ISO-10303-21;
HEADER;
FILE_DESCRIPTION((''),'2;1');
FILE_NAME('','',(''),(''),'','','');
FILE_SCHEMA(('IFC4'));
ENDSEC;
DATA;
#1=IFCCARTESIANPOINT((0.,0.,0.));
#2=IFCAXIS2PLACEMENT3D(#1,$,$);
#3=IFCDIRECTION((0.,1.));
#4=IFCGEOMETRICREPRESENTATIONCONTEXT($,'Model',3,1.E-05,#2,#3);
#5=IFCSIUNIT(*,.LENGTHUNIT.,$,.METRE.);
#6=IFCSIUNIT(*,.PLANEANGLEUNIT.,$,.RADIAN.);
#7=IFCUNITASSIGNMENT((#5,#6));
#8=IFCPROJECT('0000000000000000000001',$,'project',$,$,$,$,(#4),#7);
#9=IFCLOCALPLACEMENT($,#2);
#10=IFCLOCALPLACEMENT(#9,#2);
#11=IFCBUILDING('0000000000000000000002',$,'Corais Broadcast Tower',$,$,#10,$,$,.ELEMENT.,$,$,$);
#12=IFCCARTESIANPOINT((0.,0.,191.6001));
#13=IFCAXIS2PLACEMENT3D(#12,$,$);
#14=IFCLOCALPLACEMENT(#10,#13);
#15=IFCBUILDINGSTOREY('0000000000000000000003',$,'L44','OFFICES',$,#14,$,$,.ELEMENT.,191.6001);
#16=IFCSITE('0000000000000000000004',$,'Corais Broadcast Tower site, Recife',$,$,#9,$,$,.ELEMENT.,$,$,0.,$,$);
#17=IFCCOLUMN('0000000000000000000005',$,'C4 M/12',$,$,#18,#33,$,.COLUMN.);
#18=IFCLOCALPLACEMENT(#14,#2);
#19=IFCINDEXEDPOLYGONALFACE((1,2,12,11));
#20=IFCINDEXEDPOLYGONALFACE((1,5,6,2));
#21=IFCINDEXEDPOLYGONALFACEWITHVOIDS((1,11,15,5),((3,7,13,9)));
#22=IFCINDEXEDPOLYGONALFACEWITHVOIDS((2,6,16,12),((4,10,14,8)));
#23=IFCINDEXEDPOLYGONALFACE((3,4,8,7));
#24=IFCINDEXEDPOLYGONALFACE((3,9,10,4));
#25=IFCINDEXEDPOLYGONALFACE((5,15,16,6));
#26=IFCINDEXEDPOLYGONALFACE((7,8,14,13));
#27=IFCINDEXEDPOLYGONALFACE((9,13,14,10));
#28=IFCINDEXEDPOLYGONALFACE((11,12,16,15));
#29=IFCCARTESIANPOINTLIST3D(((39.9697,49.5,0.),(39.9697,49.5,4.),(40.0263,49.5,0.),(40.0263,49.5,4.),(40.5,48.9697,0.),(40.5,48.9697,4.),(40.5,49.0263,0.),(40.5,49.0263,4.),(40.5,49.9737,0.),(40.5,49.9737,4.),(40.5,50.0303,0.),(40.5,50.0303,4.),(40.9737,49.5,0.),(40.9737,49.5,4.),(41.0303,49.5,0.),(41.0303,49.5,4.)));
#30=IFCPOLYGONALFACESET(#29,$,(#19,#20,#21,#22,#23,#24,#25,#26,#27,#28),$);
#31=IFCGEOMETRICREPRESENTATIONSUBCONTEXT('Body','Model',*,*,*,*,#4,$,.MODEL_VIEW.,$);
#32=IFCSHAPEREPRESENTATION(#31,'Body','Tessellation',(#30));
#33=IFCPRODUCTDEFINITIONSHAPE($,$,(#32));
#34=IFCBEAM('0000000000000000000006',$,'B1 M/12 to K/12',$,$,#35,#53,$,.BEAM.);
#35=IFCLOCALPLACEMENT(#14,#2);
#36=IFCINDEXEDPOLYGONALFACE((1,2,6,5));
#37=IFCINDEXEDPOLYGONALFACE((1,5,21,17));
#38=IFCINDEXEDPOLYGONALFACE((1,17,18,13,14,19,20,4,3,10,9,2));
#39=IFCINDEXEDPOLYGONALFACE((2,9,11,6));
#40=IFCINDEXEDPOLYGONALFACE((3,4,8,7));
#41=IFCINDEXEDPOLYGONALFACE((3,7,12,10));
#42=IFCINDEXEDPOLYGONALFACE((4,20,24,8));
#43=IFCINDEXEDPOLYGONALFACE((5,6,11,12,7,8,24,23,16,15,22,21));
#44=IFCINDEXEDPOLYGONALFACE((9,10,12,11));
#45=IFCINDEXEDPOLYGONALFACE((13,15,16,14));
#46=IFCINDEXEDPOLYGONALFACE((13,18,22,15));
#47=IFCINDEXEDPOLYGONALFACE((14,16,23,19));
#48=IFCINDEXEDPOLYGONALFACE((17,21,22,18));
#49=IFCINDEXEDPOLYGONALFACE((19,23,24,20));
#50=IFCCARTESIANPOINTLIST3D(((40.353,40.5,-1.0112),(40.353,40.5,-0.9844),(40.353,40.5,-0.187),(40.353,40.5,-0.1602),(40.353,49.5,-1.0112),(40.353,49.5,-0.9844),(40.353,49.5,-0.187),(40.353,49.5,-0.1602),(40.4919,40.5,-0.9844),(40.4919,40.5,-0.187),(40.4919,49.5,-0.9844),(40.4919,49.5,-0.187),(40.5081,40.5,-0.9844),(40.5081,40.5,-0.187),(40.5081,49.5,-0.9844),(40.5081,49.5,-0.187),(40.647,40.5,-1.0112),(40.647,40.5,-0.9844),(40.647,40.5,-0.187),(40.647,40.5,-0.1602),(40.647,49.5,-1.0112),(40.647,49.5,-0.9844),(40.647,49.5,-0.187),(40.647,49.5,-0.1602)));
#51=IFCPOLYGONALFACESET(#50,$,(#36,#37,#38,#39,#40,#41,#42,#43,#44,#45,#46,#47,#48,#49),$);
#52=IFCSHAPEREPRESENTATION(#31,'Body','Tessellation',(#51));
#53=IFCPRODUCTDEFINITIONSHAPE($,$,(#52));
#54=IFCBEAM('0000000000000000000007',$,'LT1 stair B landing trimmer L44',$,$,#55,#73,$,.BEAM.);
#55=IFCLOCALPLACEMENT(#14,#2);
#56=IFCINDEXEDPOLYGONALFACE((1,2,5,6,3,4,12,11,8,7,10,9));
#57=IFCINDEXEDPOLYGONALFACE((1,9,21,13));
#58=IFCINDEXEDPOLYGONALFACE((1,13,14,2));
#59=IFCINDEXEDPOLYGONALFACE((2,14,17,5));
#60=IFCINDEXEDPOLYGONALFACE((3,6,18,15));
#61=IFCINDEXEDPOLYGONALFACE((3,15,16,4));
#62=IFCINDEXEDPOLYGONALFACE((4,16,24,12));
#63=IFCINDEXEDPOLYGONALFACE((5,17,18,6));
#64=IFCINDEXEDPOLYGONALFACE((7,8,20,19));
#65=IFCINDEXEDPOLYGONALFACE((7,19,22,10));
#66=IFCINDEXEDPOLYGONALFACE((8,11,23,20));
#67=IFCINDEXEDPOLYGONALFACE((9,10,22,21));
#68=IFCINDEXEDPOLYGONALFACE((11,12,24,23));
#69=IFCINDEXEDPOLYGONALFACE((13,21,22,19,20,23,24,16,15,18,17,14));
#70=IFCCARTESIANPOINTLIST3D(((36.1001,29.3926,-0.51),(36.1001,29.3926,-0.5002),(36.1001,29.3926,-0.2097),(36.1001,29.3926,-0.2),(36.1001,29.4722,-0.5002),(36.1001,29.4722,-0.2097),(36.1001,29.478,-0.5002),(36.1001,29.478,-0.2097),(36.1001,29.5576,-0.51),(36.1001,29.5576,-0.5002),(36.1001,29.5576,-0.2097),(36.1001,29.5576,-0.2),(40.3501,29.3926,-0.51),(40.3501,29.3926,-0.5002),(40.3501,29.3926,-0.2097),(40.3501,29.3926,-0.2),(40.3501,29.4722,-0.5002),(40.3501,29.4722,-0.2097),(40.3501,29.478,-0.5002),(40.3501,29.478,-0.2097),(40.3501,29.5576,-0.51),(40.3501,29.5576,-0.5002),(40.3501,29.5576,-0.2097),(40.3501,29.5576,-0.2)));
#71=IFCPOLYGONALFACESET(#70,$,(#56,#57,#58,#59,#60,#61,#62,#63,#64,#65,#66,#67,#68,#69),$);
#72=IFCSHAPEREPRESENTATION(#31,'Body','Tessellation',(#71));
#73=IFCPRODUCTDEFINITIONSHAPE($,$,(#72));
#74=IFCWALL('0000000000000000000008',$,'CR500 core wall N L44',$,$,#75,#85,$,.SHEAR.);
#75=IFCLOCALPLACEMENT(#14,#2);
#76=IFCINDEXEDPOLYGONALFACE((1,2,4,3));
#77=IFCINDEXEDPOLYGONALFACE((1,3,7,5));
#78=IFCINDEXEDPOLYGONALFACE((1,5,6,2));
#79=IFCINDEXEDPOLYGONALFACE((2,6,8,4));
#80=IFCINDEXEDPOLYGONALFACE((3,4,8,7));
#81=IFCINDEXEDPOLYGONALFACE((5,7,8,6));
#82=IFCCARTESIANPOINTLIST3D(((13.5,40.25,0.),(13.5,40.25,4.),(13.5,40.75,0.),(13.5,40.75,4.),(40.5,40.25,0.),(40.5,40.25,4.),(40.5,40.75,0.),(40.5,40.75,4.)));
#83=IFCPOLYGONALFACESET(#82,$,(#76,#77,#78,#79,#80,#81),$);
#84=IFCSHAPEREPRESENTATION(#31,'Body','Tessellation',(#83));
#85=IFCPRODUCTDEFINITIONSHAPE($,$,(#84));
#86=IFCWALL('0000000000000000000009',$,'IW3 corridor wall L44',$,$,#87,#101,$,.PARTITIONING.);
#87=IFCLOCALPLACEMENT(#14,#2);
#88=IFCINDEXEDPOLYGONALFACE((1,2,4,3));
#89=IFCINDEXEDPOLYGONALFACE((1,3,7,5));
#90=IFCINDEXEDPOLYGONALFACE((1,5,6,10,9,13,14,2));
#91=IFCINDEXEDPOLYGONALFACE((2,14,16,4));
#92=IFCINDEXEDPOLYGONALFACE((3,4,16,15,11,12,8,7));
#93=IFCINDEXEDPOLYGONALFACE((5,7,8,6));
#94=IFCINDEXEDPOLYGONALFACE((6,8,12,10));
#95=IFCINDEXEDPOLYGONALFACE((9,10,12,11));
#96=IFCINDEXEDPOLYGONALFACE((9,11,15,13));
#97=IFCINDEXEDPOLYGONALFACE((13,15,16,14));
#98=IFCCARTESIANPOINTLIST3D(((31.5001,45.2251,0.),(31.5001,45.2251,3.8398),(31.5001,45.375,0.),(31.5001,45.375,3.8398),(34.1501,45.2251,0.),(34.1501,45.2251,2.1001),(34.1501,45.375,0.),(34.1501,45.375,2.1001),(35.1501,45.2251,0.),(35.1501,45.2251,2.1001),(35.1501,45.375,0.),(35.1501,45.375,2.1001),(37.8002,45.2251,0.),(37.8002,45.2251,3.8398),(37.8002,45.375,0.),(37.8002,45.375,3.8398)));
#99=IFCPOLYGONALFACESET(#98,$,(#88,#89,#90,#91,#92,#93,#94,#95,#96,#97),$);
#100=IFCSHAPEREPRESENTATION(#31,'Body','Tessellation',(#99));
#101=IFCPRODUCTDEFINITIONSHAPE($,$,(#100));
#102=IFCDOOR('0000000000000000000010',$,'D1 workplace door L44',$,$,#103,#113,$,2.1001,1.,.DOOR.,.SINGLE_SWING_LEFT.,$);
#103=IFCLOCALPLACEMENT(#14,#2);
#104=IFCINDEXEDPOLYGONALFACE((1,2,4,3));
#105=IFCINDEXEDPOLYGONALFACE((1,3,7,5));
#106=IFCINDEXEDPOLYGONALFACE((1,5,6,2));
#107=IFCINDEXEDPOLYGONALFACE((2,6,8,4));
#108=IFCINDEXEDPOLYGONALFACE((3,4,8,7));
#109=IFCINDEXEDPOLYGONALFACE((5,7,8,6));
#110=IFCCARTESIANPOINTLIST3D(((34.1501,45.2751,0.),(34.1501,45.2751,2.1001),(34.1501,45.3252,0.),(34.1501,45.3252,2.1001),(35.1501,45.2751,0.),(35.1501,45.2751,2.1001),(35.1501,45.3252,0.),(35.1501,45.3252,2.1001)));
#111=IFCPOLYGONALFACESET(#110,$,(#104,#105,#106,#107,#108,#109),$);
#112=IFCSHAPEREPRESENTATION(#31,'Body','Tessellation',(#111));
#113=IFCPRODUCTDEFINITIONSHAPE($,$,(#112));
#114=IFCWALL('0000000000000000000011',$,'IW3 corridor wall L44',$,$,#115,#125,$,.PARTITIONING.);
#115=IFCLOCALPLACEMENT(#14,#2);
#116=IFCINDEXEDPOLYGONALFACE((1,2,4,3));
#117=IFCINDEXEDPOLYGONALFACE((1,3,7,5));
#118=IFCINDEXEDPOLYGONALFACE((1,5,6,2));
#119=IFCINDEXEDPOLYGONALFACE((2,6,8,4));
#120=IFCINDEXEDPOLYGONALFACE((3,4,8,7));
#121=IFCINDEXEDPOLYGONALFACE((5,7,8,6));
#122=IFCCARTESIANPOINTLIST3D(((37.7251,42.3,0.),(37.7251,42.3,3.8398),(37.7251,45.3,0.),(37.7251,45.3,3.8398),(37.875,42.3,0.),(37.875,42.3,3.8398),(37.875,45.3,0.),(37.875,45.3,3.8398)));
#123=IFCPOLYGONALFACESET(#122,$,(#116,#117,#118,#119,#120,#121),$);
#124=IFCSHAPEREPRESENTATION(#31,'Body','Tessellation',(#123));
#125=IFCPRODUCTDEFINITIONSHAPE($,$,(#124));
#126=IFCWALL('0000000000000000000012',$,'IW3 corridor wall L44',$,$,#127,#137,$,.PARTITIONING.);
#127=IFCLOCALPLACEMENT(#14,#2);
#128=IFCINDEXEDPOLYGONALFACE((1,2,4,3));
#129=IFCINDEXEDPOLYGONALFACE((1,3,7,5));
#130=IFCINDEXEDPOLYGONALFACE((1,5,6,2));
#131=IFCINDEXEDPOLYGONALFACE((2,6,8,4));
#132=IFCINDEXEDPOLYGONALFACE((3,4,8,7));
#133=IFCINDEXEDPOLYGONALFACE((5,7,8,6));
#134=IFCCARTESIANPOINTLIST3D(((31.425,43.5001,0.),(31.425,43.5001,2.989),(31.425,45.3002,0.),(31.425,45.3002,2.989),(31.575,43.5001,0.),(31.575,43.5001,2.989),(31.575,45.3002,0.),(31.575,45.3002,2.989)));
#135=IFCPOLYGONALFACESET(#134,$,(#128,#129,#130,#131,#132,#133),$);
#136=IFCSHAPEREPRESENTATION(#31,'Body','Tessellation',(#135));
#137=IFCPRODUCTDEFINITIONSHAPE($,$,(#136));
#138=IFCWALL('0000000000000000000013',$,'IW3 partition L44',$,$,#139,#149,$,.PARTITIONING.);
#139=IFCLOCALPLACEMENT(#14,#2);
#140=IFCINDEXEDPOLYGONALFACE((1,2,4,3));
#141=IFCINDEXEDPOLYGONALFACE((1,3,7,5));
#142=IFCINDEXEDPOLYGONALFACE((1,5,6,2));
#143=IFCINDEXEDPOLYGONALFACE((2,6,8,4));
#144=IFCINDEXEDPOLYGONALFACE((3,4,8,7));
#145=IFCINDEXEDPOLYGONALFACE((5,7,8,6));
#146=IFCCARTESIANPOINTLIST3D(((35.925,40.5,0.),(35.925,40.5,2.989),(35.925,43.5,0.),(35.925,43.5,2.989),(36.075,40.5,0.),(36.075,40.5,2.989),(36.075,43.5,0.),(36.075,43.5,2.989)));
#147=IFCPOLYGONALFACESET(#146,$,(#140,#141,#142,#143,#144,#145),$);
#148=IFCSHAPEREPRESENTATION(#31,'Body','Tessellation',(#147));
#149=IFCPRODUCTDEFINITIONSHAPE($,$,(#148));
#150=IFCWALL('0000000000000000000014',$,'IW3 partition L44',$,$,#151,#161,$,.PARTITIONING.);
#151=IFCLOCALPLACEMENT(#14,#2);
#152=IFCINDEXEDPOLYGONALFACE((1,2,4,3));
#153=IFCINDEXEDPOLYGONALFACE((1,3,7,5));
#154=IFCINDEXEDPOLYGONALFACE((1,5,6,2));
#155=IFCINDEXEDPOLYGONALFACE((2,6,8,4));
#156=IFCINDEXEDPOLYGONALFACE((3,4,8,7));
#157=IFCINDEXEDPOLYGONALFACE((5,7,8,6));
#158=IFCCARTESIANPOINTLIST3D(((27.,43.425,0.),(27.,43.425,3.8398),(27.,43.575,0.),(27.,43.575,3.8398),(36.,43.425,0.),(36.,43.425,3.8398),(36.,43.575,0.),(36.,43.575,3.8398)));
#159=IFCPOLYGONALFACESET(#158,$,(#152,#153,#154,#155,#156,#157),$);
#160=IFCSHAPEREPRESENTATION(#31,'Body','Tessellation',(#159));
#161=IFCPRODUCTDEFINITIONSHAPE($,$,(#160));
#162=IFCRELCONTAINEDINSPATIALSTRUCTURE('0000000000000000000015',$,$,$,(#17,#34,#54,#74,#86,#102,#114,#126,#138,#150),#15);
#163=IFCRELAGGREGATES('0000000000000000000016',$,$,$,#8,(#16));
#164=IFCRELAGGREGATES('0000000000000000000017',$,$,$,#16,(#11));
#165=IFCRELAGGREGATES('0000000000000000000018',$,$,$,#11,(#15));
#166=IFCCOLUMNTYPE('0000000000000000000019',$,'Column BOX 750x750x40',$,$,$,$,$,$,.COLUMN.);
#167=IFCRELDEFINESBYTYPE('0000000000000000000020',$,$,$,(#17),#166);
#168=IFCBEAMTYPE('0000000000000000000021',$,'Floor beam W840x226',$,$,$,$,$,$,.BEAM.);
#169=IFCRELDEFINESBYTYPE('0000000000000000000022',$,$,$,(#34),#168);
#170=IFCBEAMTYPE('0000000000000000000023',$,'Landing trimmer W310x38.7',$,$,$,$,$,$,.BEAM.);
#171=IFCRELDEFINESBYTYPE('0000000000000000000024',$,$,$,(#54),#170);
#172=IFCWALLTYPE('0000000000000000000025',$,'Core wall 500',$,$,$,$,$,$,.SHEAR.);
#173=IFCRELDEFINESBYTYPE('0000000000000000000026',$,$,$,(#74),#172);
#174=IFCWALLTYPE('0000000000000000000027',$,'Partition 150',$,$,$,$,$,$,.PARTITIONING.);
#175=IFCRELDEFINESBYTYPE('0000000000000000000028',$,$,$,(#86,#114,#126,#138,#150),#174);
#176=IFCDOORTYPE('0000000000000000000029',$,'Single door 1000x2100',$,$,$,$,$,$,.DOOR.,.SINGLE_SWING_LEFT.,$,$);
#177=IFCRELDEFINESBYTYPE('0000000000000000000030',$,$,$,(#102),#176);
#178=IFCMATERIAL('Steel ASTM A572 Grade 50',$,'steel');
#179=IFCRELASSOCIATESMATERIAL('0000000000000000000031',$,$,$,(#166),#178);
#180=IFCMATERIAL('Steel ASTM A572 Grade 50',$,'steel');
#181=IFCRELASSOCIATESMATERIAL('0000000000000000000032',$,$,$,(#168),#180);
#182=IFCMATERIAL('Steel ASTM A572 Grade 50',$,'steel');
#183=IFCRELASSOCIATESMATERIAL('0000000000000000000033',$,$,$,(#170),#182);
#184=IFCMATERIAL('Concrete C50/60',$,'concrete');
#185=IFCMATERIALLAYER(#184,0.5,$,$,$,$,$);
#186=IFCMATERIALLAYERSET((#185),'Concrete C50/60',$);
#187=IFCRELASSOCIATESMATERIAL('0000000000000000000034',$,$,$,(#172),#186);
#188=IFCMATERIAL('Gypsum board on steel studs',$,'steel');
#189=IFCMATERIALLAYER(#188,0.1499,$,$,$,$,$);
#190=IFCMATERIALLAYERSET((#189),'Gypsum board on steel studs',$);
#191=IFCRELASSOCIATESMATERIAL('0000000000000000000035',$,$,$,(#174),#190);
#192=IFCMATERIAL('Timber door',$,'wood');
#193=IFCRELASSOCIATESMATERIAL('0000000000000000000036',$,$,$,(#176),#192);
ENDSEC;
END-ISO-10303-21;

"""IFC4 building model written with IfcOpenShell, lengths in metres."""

from ifc_helpers import new_model, si_unit, direction, frame, frame_2d, origin, origin_2d, place, context, subcontext, project, spatial, rectangle, hollow_rectangle, i_section, extrude, material, layer, layer_set, material_profile, profile_set, type_object, element, fill, save


model = new_model("IFC4")

# Units and contexts
model_context = context("Model", 3, precision=1e-05, world=origin(), true_north=direction((0.0, 1.0)))
body_context = subcontext(model_context, "Body", "Model", "MODEL_VIEW")
ifc_project = project(units=[si_unit("LENGTHUNIT", "METRE"), si_unit("PLANEANGLEUNIT", "RADIAN")], contexts=[model_context])

# Site, building, storey
site_placement = place(None, origin())
site = spatial("IfcSite", under=ifc_project, at=site_placement, Name="Corais Broadcast Tower site, Recife", CompositionType="ELEMENT", RefElevation=0.0)
building_placement = place(site_placement, origin())
building = spatial("IfcBuilding", under=site, at=building_placement, Name="Corais Broadcast Tower", CompositionType="ELEMENT")
storey_placement = place(building_placement, frame((0.0, 0.0, 191.6001)))
storey = spatial("IfcBuildingStorey", under=building, at=storey_placement, Name="L44", Description="OFFICES", CompositionType="ELEMENT", Elevation=191.6001)

# Column
ifc_material_1 = material(Name="Steel ASTM A572 Grade 50", Category="steel")
ifc_material_profile_1 = material_profile(ifc_material_1, hollow_rectangle(XDim=0.75, YDim=0.75, WallThickness=0.04, at=origin_2d()), Name="BOX 750x750x40")
ifc_profile_set_1 = profile_set([ifc_material_profile_1], Name="Steel ASTM A572 Grade 50")
column_type = type_object("IfcColumnType", Name="Column BOX 750x750x40", PredefinedType="COLUMN", material=ifc_profile_set_1)
column_placement = place(storey_placement, frame((40.5, 49.5, 0.0), z_axis=(0.0, 0.0, 1.0), x_axis=(0.707107, 0.707107, 0.0)))
element("IfcColumn", 1, at=column_placement, inside=storey, type_object=column_type, Name="C4 M/12", PredefinedType="COLUMN", context=body_context, shape_type="SweptSolid", body=[
    extrude(hollow_rectangle(XDim=0.75, YDim=0.75, WallThickness=0.04, at=origin_2d()), origin(), (0.0, 0.0, 1.0), 4.0),
])

# Beams
ifc_material_2 = material(Name="Steel ASTM A572 Grade 50", Category="steel")
ifc_material_profile_2 = material_profile(ifc_material_2, i_section(OverallWidth=0.2939, OverallDepth=0.8511, WebThickness=0.0161, FlangeThickness=0.0269, at=origin_2d()), Name="W840x226")
ifc_profile_set_2 = profile_set([ifc_material_profile_2], Name="Steel ASTM A572 Grade 50")
beam_type_1 = type_object("IfcBeamType", Name="Floor beam W840x226", PredefinedType="BEAM", material=ifc_profile_set_2)
beam_1_placement = place(storey_placement, frame((40.5, 49.5, -0.5857), z_axis=(0.0, -1.0, 0.0), x_axis=(1.0, 0.0, 0.0)))
element("IfcBeam", 2, at=beam_1_placement, inside=storey, type_object=beam_type_1, Name="B1 M/12 to K/12", PredefinedType="BEAM", context=body_context, shape_type="SweptSolid", body=[
    extrude(i_section(OverallWidth=0.2939, OverallDepth=0.8511, WebThickness=0.0161, FlangeThickness=0.0269, at=origin_2d()), origin(), (0.0, 0.0, 1.0), 9.0),
])
ifc_material_3 = material(Name="Steel ASTM A572 Grade 50", Category="steel")
ifc_material_profile_3 = material_profile(ifc_material_3, i_section(OverallWidth=0.165, OverallDepth=0.3101, WebThickness=0.0059, FlangeThickness=0.0098, at=origin_2d()), Name="W310x38.7")
ifc_profile_set_3 = profile_set([ifc_material_profile_3], Name="Steel ASTM A572 Grade 50")
beam_type_2 = type_object("IfcBeamType", Name="Landing trimmer W310x38.7", PredefinedType="BEAM", material=ifc_profile_set_3)
beam_2_placement = place(storey_placement, frame((36.1001, 29.4751, -0.355), z_axis=(1.0, 0.0, 0.0), x_axis=(0.0, 1.0, 0.0)))
element("IfcBeam", 3, at=beam_2_placement, inside=storey, type_object=beam_type_2, Name="LT1 stair B landing trimmer L44", PredefinedType="BEAM", context=body_context, shape_type="SweptSolid", body=[
    extrude(i_section(OverallWidth=0.165, OverallDepth=0.3101, WebThickness=0.0059, FlangeThickness=0.0098, at=origin_2d()), origin(), (0.0, 0.0, 1.0), 4.25),
])

# Wall
ifc_material_4 = material(Name="Concrete C50/60", Category="concrete")
ifc_layer_1 = layer(ifc_material_4, 0.5)
ifc_layer_set_1 = layer_set([ifc_layer_1], Name="Concrete C50/60")
wall_type_1 = type_object("IfcWallType", Name="Core wall 500", PredefinedType="SHEAR", material=ifc_layer_set_1)
wall_1_placement = place(storey_placement, frame((40.5, 40.5, 0.0), z_axis=(0.0, 0.0, 1.0), x_axis=(-1.0, 0.0, 0.0)))
element("IfcWall", 4, at=wall_1_placement, inside=storey, type_object=wall_type_1, Name="CR500 core wall N L44", PredefinedType="SHEAR", context=body_context, shape_type="SweptSolid", body=[
    extrude(rectangle(XDim=27.0, YDim=0.5, at=frame_2d((13.5, 0.0))), origin(), (0.0, 0.0, 1.0), 4.0),
])

# Wall, opening, door
ifc_material_5 = material(Name="Gypsum board on steel studs", Category="steel")
ifc_layer_2 = layer(ifc_material_5, 0.1499)
ifc_layer_set_2 = layer_set([ifc_layer_2], Name="Gypsum board on steel studs")
wall_type_2 = type_object("IfcWallType", Name="Partition 150", PredefinedType="PARTITIONING", material=ifc_layer_set_2)
wall_2_placement = place(storey_placement, frame((37.8, 45.3, 0.0), z_axis=(0.0, 0.0, 1.0), x_axis=(-1.0, 0.0, 0.0)))
wall_2 = element("IfcWall", 5, at=wall_2_placement, inside=storey, type_object=wall_type_2, Name="IW3 corridor wall L44", PredefinedType="PARTITIONING", context=body_context, shape_type="SweptSolid", body=[
    extrude(rectangle(XDim=6.3, YDim=0.1499, at=frame_2d((3.1499, 0.0))), origin(), (0.0, 0.0, 1.0), 3.8398),
])
opening_1_placement = place(wall_2_placement, frame((2.6499, 0.0, 0.0)))
opening_1 = element("IfcOpeningElement", 6, at=opening_1_placement, cuts=wall_2, PredefinedType="OPENING", context=body_context, shape_type="SweptSolid", body=[
    extrude(rectangle(XDim=1.0, YDim=2.1001, at=frame_2d((0.5, 1.05))), frame((0.0, 0.085, 0.0), z_axis=(0.0, -1.0, 0.0), x_axis=(1.0, 0.0, 0.0)), (0.0, 0.0, 1.0), 0.1699),
])
ifc_material_6 = material(Name="Timber door", Category="wood")
door_type = type_object("IfcDoorType", Name="Single door 1000x2100", OperationType="SINGLE_SWING_LEFT", PredefinedType="DOOR", material=ifc_material_6)
door_1_placement = place(opening_1_placement, origin())
door_1 = element("IfcDoor", 7, at=door_1_placement, inside=storey, type_object=door_type, Name="D1 workplace door L44", OperationType="SINGLE_SWING_LEFT", OverallHeight=2.1001, OverallWidth=1.0, PredefinedType="DOOR", context=body_context, shape_type="SweptSolid", body=[
    extrude(rectangle(XDim=1.0, YDim=2.1001, at=frame_2d((0.5, 1.05))), frame((0.0, 0.0249, 0.0), z_axis=(0.0, -1.0, 0.0), x_axis=(1.0, 0.0, 0.0)), (0.0, 0.0, 1.0), 0.05),
])
fill(opening_1, door_1)

# Walls
wall_3_placement = place(storey_placement, frame((37.8, 42.3, 0.0), z_axis=(0.0, 0.0, 1.0), x_axis=(0.0, 1.0, 0.0)))
element("IfcWall", 8, at=wall_3_placement, inside=storey, type_object=wall_type_2, Name="IW3 corridor wall L44", PredefinedType="PARTITIONING", context=body_context, shape_type="SweptSolid", body=[
    extrude(rectangle(XDim=3.0, YDim=0.1499, at=frame_2d((1.5, 0.0))), origin(), (0.0, 0.0, 1.0), 3.8398),
])
wall_4_placement = place(storey_placement, frame((31.5, 45.3, 0.0), z_axis=(0.0, 0.0, 1.0), x_axis=(0.0, -1.0, 0.0)))
element("IfcWall", 9, at=wall_4_placement, inside=storey, type_object=wall_type_2, Name="IW3 corridor wall L44", PredefinedType="PARTITIONING", context=body_context, shape_type="SweptSolid", body=[
    extrude(rectangle(XDim=1.8, YDim=0.1499, at=frame_2d((0.8999, 0.0))), origin(), (0.0, 0.0, 1.0), 2.989),
])
wall_5_placement = place(storey_placement, frame((36.0, 40.5, 0.0), z_axis=(0.0, 0.0, 1.0), x_axis=(0.0, 1.0, 0.0)))
element("IfcWall", 10, at=wall_5_placement, inside=storey, type_object=wall_type_2, Name="IW3 partition L44", PredefinedType="PARTITIONING", context=body_context, shape_type="SweptSolid", body=[
    extrude(rectangle(XDim=3.0, YDim=0.1499, at=frame_2d((1.5, 0.0))), origin(), (0.0, 0.0, 1.0), 2.989),
])
wall_6_placement = place(storey_placement, frame((36.0, 43.5, 0.0), z_axis=(0.0, 0.0, 1.0), x_axis=(-1.0, 0.0, 0.0)))
element("IfcWall", 11, at=wall_6_placement, inside=storey, type_object=wall_type_2, Name="IW3 partition L44", PredefinedType="PARTITIONING", context=body_context, shape_type="SweptSolid", body=[
    extrude(rectangle(XDim=9.0, YDim=0.1499, at=frame_2d((4.5, 0.0))), origin(), (0.0, 0.0, 1.0), 3.8398),
])

save(model, "model.ifc")
